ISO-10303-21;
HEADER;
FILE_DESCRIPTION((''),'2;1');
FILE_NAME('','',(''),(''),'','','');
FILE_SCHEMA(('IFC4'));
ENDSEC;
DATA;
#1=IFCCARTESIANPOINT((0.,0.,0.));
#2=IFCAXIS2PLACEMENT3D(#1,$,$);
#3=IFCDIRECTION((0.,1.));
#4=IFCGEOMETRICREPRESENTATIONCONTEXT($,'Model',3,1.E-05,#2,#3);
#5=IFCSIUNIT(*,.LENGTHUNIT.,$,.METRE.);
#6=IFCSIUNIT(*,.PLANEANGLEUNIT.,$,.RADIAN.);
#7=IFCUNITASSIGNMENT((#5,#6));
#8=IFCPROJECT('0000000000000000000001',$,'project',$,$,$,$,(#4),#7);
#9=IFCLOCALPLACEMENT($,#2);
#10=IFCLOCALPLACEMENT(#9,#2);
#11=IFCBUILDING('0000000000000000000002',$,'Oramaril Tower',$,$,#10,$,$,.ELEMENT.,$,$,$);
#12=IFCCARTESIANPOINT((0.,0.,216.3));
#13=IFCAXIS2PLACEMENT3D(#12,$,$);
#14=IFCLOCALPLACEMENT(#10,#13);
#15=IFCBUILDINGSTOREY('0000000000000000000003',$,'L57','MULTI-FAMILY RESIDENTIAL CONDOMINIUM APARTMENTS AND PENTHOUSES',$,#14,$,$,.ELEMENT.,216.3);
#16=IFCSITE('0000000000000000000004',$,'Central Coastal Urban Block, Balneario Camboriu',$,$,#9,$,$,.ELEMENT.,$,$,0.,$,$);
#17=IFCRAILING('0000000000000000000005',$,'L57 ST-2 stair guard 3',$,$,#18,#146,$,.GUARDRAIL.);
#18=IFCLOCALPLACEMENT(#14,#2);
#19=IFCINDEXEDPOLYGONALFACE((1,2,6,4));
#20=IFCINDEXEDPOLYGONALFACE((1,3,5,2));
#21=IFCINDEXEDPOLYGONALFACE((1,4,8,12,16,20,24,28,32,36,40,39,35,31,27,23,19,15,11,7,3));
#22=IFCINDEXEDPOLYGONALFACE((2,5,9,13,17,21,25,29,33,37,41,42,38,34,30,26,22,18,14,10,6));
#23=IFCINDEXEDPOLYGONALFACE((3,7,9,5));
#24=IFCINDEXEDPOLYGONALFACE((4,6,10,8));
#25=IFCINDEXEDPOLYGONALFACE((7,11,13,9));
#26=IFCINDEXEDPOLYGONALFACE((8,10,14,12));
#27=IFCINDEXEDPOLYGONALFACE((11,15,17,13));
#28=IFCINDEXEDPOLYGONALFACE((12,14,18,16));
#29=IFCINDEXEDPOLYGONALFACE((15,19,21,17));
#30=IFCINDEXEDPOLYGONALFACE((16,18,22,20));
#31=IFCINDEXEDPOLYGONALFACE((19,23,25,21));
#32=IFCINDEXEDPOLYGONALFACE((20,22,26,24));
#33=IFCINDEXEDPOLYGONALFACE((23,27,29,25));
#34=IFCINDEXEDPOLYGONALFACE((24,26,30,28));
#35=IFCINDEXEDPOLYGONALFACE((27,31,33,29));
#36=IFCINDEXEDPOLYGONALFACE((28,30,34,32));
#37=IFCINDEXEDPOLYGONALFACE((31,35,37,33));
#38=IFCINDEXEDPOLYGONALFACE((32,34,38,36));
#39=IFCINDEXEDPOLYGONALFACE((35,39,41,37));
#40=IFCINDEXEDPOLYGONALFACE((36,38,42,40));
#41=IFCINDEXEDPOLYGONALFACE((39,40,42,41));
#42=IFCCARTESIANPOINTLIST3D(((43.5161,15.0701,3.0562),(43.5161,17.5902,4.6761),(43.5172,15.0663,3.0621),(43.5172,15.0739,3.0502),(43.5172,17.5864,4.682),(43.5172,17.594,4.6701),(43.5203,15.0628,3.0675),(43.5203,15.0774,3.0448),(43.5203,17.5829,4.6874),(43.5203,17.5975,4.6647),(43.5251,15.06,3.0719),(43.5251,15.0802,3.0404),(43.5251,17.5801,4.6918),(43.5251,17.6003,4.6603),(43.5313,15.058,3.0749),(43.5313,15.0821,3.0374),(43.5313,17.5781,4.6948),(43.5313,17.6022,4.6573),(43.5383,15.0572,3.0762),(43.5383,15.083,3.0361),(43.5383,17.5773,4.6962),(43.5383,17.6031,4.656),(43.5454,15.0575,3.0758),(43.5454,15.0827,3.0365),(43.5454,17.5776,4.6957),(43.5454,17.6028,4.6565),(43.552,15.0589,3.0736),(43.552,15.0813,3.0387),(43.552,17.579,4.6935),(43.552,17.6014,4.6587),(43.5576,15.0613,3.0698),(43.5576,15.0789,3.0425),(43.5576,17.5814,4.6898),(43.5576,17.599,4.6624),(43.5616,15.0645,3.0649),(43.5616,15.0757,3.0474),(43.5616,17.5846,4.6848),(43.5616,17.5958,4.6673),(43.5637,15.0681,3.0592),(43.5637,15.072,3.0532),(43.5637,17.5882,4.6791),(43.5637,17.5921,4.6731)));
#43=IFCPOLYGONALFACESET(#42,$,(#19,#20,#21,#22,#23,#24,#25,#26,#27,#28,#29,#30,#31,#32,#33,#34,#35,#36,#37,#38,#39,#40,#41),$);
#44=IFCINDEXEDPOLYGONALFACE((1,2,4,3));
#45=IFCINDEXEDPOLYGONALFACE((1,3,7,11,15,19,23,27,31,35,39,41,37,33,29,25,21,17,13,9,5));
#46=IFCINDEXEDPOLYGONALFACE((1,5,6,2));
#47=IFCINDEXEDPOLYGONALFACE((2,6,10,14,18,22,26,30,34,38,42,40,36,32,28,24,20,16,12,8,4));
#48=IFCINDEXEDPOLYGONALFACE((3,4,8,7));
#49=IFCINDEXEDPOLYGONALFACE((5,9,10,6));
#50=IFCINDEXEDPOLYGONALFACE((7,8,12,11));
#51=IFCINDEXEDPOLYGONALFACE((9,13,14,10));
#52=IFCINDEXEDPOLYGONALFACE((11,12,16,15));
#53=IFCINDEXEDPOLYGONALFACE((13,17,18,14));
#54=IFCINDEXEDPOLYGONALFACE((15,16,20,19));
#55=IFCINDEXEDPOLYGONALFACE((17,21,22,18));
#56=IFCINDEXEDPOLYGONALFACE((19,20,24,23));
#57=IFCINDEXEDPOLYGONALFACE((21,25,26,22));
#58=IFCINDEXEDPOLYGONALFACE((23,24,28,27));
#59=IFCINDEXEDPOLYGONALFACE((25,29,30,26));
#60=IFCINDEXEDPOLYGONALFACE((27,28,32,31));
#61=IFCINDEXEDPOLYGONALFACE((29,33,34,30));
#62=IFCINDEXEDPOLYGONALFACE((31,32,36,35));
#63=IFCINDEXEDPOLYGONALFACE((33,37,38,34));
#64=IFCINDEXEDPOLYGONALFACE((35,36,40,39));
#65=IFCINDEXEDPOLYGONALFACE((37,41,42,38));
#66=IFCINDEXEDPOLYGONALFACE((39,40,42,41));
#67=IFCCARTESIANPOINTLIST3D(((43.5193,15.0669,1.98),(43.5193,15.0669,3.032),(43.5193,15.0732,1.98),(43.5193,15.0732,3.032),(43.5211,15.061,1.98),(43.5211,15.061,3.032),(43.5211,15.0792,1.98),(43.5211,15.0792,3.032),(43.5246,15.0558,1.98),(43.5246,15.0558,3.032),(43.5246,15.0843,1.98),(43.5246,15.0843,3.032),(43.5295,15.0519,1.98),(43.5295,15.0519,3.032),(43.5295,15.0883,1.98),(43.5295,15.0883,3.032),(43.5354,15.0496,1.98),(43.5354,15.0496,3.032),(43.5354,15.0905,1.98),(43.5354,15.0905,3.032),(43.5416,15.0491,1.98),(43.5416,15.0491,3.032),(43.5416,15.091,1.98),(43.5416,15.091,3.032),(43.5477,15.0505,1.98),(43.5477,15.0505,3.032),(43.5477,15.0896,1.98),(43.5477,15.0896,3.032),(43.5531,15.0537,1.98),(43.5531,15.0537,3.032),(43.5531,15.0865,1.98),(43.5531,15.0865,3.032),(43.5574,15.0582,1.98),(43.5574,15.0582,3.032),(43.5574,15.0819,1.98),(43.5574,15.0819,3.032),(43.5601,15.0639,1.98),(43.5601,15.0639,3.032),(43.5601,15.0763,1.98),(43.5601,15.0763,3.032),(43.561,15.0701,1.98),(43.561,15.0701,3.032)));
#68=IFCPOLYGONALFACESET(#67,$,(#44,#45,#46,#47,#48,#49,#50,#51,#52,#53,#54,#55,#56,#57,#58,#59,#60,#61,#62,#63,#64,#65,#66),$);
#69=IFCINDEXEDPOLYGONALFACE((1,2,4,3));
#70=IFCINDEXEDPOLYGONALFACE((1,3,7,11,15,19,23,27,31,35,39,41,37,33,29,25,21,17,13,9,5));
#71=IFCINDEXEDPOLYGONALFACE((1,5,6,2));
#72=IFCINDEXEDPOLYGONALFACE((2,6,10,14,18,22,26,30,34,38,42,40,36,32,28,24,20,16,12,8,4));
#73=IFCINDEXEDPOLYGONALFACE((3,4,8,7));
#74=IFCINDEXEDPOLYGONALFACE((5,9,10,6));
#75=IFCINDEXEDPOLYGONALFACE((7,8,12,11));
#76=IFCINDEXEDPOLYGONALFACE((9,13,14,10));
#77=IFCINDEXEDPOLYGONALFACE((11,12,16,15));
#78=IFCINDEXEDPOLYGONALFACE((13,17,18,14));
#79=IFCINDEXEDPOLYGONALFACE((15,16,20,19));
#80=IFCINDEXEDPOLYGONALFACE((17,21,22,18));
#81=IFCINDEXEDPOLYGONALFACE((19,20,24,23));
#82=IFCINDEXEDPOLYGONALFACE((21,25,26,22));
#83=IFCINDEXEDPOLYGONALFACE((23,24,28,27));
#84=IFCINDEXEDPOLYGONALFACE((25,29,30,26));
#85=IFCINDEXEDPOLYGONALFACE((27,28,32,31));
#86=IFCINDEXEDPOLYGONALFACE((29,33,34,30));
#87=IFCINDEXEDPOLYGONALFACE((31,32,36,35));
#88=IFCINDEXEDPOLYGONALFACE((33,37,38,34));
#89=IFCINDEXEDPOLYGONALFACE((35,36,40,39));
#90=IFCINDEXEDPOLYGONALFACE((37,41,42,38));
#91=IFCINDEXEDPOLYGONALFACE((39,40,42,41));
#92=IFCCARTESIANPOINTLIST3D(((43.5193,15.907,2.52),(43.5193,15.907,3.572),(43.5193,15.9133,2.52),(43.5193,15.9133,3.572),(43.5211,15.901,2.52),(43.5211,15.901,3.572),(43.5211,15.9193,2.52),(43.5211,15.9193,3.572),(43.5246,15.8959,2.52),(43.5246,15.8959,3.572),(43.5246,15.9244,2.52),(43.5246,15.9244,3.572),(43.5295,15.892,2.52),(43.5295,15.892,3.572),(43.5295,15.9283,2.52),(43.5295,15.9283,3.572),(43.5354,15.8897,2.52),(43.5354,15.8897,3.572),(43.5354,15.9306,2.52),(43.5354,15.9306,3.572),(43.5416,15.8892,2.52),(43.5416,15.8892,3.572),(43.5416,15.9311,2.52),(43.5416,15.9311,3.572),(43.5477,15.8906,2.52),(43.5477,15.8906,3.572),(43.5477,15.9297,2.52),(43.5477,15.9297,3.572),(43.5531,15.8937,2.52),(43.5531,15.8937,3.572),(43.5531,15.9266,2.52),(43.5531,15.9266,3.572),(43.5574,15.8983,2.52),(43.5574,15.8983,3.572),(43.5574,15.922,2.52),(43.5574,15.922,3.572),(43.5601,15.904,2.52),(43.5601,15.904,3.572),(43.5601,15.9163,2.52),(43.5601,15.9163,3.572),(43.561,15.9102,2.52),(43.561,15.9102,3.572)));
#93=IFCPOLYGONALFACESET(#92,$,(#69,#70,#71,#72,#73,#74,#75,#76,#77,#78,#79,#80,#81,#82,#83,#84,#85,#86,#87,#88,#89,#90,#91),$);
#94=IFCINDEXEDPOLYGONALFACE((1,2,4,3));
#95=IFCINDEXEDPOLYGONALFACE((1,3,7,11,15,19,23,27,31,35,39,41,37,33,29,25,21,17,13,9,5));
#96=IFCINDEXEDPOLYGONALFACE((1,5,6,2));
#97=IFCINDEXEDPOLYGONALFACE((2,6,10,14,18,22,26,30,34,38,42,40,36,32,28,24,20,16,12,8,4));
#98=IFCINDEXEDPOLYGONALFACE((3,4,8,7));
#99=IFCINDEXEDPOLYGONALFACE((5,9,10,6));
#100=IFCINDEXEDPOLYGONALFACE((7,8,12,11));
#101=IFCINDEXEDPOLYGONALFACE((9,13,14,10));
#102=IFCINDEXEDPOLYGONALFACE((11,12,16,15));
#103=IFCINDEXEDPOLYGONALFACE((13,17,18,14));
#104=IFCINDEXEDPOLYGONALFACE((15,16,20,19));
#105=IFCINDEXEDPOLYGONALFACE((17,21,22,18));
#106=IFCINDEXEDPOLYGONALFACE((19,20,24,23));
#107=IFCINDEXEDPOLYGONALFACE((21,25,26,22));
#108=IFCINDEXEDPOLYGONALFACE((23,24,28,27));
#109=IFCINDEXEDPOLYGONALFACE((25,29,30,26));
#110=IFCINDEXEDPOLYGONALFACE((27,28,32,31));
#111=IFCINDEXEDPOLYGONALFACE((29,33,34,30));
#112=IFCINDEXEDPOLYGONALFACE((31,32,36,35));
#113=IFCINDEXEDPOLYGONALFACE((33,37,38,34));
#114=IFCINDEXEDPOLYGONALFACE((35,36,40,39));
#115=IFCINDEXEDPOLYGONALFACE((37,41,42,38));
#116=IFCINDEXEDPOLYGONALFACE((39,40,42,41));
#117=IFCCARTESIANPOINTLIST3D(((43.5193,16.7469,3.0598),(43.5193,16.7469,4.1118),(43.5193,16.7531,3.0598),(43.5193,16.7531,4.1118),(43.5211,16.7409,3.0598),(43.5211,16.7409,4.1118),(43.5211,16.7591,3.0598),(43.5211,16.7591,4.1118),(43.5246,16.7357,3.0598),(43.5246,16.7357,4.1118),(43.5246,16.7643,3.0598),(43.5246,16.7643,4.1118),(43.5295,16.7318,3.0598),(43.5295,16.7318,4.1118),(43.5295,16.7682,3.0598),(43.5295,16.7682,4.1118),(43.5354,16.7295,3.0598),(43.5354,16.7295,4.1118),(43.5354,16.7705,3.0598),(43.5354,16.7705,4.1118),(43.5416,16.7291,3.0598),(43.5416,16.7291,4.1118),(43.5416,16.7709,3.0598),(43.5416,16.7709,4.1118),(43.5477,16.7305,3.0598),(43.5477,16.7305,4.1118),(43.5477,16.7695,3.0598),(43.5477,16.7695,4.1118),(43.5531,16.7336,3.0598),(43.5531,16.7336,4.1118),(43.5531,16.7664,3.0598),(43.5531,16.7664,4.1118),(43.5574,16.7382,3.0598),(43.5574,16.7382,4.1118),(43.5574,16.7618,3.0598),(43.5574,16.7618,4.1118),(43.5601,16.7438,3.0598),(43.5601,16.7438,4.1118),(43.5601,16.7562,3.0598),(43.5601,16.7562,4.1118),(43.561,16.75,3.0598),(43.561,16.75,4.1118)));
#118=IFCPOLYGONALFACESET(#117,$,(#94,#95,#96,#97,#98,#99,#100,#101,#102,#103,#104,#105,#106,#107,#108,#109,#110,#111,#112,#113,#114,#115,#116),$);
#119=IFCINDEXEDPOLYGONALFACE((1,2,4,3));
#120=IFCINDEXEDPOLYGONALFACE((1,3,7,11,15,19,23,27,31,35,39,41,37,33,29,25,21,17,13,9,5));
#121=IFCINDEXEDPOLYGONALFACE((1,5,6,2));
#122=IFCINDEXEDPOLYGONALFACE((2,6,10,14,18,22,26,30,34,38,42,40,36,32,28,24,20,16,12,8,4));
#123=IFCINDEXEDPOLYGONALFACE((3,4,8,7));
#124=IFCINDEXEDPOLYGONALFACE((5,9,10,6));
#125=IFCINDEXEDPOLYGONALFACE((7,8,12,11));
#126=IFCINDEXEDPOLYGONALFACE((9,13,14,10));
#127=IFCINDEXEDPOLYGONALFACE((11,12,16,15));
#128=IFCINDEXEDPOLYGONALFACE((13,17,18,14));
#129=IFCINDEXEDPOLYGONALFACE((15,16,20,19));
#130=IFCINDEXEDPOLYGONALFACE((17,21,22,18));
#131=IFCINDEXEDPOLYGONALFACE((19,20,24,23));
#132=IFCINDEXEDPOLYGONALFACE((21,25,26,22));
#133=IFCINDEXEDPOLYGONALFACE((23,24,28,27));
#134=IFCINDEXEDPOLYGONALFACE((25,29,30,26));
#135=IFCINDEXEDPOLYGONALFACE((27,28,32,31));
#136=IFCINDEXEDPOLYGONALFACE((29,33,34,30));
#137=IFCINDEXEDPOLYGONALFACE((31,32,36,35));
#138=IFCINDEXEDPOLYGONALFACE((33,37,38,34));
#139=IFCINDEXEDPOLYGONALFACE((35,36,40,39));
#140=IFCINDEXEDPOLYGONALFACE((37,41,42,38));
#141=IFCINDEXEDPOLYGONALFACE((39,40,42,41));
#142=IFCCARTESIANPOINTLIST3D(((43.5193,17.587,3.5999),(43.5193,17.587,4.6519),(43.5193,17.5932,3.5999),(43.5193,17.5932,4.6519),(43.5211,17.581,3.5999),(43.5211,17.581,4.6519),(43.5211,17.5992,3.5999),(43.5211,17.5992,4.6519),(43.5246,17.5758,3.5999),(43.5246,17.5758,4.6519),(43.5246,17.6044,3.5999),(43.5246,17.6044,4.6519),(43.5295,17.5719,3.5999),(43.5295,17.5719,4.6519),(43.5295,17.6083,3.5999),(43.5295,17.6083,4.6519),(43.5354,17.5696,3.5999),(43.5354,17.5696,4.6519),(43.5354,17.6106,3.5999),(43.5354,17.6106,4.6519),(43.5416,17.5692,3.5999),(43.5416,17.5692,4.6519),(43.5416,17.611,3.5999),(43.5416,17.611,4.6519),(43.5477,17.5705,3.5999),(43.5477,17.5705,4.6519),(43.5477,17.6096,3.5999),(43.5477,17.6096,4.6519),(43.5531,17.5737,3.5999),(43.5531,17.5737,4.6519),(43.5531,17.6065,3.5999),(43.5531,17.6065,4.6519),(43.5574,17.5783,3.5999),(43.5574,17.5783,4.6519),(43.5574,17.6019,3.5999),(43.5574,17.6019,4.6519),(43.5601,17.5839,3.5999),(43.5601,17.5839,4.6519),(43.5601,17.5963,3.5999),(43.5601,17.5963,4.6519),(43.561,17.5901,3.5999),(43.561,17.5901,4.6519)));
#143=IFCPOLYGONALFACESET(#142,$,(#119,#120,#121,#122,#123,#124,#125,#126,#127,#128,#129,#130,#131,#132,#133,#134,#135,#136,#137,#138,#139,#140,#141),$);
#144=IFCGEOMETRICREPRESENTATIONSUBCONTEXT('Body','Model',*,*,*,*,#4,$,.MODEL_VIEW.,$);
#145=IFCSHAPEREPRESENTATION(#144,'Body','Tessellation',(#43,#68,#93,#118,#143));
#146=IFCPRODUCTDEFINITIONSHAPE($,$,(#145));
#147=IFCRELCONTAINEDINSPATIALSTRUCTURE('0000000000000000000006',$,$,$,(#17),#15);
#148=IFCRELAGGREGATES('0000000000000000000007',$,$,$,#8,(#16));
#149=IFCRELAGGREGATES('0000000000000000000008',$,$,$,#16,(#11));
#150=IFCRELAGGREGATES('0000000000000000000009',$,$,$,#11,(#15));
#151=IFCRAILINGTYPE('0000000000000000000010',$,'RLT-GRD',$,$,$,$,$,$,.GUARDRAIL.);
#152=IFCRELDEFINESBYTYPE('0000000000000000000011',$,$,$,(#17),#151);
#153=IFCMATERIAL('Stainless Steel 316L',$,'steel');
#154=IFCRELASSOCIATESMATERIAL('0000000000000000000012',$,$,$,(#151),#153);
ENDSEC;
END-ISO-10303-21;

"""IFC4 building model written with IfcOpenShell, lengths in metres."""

from ifc_helpers import new_model, si_unit, direction, frame, origin, origin_2d, place, context, subcontext, project, spatial, circle, extrude, material, type_object, element, save


model = new_model("IFC4")

# Units and contexts
model_context = context("Model", 3, precision=1e-05, world=origin(), true_north=direction((0.0, 1.0)))
body_context = subcontext(model_context, "Body", "Model", "MODEL_VIEW")
ifc_project = project(units=[si_unit("LENGTHUNIT", "METRE"), si_unit("PLANEANGLEUNIT", "RADIAN")], contexts=[model_context])

# Site, building, storey
site_placement = place(None, origin())
site = spatial("IfcSite", under=ifc_project, at=site_placement, Name="Central Coastal Urban Block, Balneario Camboriu", CompositionType="ELEMENT", RefElevation=0.0)
building_placement = place(site_placement, origin())
building = spatial("IfcBuilding", under=site, at=building_placement, Name="Oramaril Tower", CompositionType="ELEMENT")
storey_placement = place(building_placement, frame((0.0, 0.0, 216.3)))
storey = spatial("IfcBuildingStorey", under=building, at=storey_placement, Name="L57", Description="MULTI-FAMILY RESIDENTIAL CONDOMINIUM APARTMENTS AND PENTHOUSES", CompositionType="ELEMENT", Elevation=216.3)

# Railing
ifc_material_1 = material(Name="Stainless Steel 316L", Category="steel")
railing_type_1 = type_object("IfcRailingType", Name="RLT-GRD", PredefinedType="GUARDRAIL", material=ifc_material_1)
railing_1_placement = place(storey_placement, frame((43.54, 15.0701, 1.98)))
element("IfcRailing", 1, at=railing_1_placement, inside=storey, type_object=railing_type_1, Name="L57 ST-2 stair guard 3", PredefinedType="GUARDRAIL", context=body_context, shape_type="SweptSolid", body=[
    extrude(circle(Radius=0.0239, at=origin_2d()), frame((0.0, 0.0, 1.0762), z_axis=(0.0, 0.8412, 0.540725), x_axis=(-1.0, 0.0, 0.0)), (0.0, 0.0, 1.0), 2.9958),
    extrude(circle(Radius=0.021, at=origin_2d()), origin(), (0.0, 0.0, 1.0), 1.052),
    extrude(circle(Radius=0.021, at=origin_2d()), frame((0.0, 0.8401, 0.54)), (0.0, 0.0, 1.0), 1.052),
    extrude(circle(Radius=0.021, at=origin_2d()), frame((0.0, 1.6799, 1.0798)), (0.0, 0.0, 1.0), 1.052),
    extrude(circle(Radius=0.021, at=origin_2d()), frame((0.0, 2.52, 1.6199)), (0.0, 0.0, 1.0), 1.052),
])

save(model, "model.ifc")
